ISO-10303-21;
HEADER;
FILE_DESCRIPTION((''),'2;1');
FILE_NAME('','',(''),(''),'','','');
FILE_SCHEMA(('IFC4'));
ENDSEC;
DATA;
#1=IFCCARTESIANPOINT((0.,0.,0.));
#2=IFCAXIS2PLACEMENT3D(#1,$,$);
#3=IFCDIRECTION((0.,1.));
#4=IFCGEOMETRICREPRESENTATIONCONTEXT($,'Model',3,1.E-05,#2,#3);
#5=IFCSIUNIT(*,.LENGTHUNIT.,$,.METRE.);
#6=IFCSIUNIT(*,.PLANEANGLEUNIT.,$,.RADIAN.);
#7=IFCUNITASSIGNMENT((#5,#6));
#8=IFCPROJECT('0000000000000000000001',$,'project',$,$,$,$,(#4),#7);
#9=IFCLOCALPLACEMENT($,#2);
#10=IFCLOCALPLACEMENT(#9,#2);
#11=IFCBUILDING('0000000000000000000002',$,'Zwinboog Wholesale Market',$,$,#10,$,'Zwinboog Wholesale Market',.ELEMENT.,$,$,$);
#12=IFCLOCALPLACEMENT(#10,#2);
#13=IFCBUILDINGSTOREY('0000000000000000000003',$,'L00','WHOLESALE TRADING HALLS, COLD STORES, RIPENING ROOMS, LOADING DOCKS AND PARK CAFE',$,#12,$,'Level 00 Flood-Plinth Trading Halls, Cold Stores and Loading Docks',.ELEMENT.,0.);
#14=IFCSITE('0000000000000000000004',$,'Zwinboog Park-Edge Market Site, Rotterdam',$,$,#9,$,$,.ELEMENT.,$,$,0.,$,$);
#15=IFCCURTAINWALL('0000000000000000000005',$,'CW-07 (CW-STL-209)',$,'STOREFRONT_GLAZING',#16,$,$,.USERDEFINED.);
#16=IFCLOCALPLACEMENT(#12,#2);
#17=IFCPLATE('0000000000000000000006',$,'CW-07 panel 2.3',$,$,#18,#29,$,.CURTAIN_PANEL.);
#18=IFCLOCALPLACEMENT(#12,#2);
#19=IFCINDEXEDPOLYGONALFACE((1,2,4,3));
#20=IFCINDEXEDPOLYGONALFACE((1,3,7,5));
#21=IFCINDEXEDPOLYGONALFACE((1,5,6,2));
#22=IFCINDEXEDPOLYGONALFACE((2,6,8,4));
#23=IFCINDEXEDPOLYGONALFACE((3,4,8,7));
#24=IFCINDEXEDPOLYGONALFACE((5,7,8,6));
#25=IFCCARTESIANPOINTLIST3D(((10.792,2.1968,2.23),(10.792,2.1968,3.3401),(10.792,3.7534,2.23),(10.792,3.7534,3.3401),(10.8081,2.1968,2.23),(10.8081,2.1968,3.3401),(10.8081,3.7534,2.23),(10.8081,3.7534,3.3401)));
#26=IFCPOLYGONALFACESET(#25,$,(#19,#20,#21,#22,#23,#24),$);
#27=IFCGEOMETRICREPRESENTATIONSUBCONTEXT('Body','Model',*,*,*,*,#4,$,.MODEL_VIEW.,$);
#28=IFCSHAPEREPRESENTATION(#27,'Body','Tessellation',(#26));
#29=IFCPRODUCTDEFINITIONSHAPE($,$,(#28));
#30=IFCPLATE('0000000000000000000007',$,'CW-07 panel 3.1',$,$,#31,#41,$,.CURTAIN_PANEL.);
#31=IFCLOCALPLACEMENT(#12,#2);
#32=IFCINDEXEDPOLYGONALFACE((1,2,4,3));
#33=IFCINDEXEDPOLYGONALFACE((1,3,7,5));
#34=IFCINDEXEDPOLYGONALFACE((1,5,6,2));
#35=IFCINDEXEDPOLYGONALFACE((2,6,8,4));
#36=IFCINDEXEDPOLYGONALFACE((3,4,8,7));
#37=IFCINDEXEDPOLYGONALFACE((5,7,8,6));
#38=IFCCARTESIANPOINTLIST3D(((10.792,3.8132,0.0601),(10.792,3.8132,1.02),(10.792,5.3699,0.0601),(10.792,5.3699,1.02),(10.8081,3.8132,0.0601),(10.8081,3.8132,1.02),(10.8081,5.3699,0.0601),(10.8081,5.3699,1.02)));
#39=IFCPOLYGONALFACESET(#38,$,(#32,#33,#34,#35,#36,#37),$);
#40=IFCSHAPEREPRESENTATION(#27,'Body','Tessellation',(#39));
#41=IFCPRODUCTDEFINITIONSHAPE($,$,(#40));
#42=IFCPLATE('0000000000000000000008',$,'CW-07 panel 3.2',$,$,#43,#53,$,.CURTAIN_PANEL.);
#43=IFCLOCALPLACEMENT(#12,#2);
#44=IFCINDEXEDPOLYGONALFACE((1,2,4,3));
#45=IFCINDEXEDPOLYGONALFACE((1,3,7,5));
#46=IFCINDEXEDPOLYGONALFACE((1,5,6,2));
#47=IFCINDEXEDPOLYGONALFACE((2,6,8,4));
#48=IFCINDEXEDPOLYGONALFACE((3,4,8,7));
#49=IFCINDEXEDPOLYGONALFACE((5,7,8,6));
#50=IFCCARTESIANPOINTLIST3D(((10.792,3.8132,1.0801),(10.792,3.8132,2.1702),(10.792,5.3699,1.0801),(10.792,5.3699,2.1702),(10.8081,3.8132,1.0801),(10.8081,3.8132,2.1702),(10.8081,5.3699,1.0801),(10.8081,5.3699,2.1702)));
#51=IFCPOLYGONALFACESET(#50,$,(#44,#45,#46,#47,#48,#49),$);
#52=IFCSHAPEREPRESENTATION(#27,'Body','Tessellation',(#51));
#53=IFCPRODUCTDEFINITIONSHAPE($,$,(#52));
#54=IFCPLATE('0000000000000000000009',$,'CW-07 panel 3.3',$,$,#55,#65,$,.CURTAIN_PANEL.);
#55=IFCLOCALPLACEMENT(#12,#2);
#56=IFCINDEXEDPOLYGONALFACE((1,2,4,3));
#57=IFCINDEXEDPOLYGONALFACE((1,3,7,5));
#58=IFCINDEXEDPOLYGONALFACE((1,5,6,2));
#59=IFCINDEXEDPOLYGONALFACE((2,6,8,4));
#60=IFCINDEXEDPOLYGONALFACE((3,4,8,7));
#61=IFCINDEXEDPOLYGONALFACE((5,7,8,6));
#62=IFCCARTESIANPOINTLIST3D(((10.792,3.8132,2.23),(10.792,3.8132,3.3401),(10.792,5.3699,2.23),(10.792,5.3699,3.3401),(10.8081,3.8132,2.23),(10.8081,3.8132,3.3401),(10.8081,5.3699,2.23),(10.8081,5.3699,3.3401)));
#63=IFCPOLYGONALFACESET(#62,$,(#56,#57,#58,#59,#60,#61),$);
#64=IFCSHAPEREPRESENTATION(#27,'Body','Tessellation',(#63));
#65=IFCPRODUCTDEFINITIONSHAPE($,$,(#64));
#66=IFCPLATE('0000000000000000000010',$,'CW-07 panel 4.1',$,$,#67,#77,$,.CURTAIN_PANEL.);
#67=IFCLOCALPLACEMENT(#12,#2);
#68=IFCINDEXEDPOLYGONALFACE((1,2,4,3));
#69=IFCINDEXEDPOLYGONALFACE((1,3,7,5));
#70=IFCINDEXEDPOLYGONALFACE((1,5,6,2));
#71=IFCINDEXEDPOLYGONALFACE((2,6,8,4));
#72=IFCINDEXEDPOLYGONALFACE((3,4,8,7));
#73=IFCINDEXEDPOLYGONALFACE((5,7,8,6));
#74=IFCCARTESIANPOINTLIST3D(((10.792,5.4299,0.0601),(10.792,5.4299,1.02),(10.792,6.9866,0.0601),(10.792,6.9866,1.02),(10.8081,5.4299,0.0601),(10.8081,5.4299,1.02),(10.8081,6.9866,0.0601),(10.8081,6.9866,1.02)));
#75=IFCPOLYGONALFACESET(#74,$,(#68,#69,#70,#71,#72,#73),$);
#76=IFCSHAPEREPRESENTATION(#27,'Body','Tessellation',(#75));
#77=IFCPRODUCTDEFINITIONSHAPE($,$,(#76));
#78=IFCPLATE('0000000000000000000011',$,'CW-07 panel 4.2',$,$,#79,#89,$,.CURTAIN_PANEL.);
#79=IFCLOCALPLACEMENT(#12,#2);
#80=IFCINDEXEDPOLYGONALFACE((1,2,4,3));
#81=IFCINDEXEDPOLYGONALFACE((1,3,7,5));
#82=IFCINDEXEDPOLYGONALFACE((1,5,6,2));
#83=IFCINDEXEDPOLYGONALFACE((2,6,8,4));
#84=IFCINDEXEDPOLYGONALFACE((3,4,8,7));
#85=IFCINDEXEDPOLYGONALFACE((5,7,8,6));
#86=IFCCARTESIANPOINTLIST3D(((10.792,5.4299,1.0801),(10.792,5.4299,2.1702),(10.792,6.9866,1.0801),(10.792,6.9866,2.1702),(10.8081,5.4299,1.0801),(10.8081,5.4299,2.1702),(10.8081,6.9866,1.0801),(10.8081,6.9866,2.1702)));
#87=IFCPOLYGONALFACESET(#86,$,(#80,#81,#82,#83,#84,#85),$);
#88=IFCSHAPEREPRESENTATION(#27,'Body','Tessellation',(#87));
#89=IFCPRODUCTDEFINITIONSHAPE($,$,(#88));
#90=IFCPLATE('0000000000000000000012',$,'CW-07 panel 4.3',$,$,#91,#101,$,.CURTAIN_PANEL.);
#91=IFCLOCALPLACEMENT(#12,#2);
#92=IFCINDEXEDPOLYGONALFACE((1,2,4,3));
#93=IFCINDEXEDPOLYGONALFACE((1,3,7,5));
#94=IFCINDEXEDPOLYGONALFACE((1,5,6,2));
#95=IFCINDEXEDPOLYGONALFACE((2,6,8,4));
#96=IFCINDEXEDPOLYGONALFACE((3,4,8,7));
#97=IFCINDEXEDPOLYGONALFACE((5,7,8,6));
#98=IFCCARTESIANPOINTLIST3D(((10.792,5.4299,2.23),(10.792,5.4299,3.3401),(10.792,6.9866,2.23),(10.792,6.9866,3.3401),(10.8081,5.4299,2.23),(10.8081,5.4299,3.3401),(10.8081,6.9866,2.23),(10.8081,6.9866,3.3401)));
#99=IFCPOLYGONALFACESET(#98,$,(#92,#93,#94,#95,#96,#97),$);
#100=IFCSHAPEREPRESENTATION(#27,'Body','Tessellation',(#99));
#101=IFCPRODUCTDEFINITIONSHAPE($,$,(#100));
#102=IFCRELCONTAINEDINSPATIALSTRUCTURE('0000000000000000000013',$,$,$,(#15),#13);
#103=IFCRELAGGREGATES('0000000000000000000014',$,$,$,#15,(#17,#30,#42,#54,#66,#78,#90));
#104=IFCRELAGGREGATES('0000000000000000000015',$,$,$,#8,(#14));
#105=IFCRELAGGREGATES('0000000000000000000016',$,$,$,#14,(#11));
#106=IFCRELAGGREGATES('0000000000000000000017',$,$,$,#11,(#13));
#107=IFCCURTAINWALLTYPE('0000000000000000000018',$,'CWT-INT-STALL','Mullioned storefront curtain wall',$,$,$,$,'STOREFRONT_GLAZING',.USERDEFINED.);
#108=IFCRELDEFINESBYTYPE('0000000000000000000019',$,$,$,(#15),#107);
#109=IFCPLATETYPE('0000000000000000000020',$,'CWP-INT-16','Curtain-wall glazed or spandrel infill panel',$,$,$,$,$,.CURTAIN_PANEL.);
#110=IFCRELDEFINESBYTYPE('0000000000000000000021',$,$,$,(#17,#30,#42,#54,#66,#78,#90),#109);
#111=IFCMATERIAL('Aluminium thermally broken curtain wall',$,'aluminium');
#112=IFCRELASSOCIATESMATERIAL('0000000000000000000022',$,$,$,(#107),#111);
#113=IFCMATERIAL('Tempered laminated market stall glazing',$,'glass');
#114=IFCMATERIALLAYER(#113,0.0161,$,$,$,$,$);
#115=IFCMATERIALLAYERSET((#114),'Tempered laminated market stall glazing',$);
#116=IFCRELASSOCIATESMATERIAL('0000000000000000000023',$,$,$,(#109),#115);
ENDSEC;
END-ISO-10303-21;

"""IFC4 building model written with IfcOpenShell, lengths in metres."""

from ifc_helpers import new_model, si_unit, direction, frame, origin, origin_2d, place, context, subcontext, project, spatial, rectangle, extrude, material, layer, layer_set, type_object, element, aggregate, save


model = new_model("IFC4")

# Units and contexts
model_context = context("Model", 3, precision=1e-05, world=origin(), true_north=direction((0.0, 1.0)))
body_context = subcontext(model_context, "Body", "Model", "MODEL_VIEW")
ifc_project = project(units=[si_unit("LENGTHUNIT", "METRE"), si_unit("PLANEANGLEUNIT", "RADIAN")], contexts=[model_context])

# Site, building, storey
site_placement = place(None, origin())
site = spatial("IfcSite", under=ifc_project, at=site_placement, Name="Zwinboog Park-Edge Market Site, Rotterdam", CompositionType="ELEMENT", RefElevation=0.0)
building_placement = place(site_placement, origin())
building = spatial("IfcBuilding", under=site, at=building_placement, Name="Zwinboog Wholesale Market", LongName="Zwinboog Wholesale Market", CompositionType="ELEMENT")
storey_placement = place(building_placement, origin())
storey = spatial("IfcBuildingStorey", under=building, at=storey_placement, Name="L00", Description="WHOLESALE TRADING HALLS, COLD STORES, RIPENING ROOMS, LOADING DOCKS AND PARK CAFE", LongName="Level 00 Flood-Plinth Trading Halls, Cold Stores and Loading Docks", CompositionType="ELEMENT", Elevation=0.0)

# Curtain wall, plates
ifc_material_1 = material(Name="Aluminium thermally broken curtain wall", Category="aluminium")
curtain_wall_type = type_object("IfcCurtainWallType", Name="CWT-INT-STALL", Description="Mullioned storefront curtain wall", ElementType="STOREFRONT_GLAZING", PredefinedType="USERDEFINED", material=ifc_material_1)
curtain_wall_placement = place(storey_placement, origin())
curtain_wall = element("IfcCurtainWall", 1, at=curtain_wall_placement, inside=storey, type_object=curtain_wall_type, Name="CW-07 (CW-STL-209)", ObjectType="STOREFRONT_GLAZING", PredefinedType="USERDEFINED")
ifc_material_2 = material(Name="Tempered laminated market stall glazing", Category="glass")
ifc_layer = layer(ifc_material_2, 0.0161)
ifc_layer_set = layer_set([ifc_layer], Name="Tempered laminated market stall glazing")
plate_type = type_object("IfcPlateType", Name="CWP-INT-16", Description="Curtain-wall glazed or spandrel infill panel", PredefinedType="CURTAIN_PANEL", material=ifc_layer_set)
plate_1_placement = place(storey_placement, frame((10.8, 2.9751, 2.23), z_axis=(0.0, 0.0, 1.0), x_axis=(0.0, 1.0, 0.0)))
plate_1 = element("IfcPlate", 2, at=plate_1_placement, type_object=plate_type, Name="CW-07 panel 2.3", PredefinedType="CURTAIN_PANEL", context=body_context, shape_type="SweptSolid", body=[
    extrude(rectangle(XDim=1.5566, YDim=0.0161, at=origin_2d()), origin(), (0.0, 0.0, 1.0), 1.1101),
])
plate_2_placement = place(storey_placement, frame((10.8, 4.5916, 0.0601), z_axis=(0.0, 0.0, 1.0), x_axis=(0.0, 1.0, 0.0)))
plate_2 = element("IfcPlate", 3, at=plate_2_placement, type_object=plate_type, Name="CW-07 panel 3.1", PredefinedType="CURTAIN_PANEL", context=body_context, shape_type="SweptSolid", body=[
    extrude(rectangle(XDim=1.5566, YDim=0.0161, at=origin_2d()), origin(), (0.0, 0.0, 1.0), 0.96),
])
plate_3_placement = place(storey_placement, frame((10.8, 4.5916, 1.0801), z_axis=(0.0, 0.0, 1.0), x_axis=(0.0, 1.0, 0.0)))
plate_3 = element("IfcPlate", 4, at=plate_3_placement, type_object=plate_type, Name="CW-07 panel 3.2", PredefinedType="CURTAIN_PANEL", context=body_context, shape_type="SweptSolid", body=[
    extrude(rectangle(XDim=1.5566, YDim=0.0161, at=origin_2d()), origin(), (0.0, 0.0, 1.0), 1.0901),
])
plate_4_placement = place(storey_placement, frame((10.8, 4.5916, 2.23), z_axis=(0.0, 0.0, 1.0), x_axis=(0.0, 1.0, 0.0)))
plate_4 = element("IfcPlate", 5, at=plate_4_placement, type_object=plate_type, Name="CW-07 panel 3.3", PredefinedType="CURTAIN_PANEL", context=body_context, shape_type="SweptSolid", body=[
    extrude(rectangle(XDim=1.5566, YDim=0.0161, at=origin_2d()), origin(), (0.0, 0.0, 1.0), 1.1101),
])
plate_5_placement = place(storey_placement, frame((10.8, 6.2083, 0.0601), z_axis=(0.0, 0.0, 1.0), x_axis=(0.0, 1.0, 0.0)))
plate_5 = element("IfcPlate", 6, at=plate_5_placement, type_object=plate_type, Name="CW-07 panel 4.1", PredefinedType="CURTAIN_PANEL", context=body_context, shape_type="SweptSolid", body=[
    extrude(rectangle(XDim=1.5566, YDim=0.0161, at=origin_2d()), origin(), (0.0, 0.0, 1.0), 0.96),
])
plate_6_placement = place(storey_placement, frame((10.8, 6.2083, 1.0801), z_axis=(0.0, 0.0, 1.0), x_axis=(0.0, 1.0, 0.0)))
plate_6 = element("IfcPlate", 7, at=plate_6_placement, type_object=plate_type, Name="CW-07 panel 4.2", PredefinedType="CURTAIN_PANEL", context=body_context, shape_type="SweptSolid", body=[
    extrude(rectangle(XDim=1.5566, YDim=0.0161, at=origin_2d()), origin(), (0.0, 0.0, 1.0), 1.0901),
])
plate_7_placement = place(storey_placement, frame((10.8, 6.2083, 2.23), z_axis=(0.0, 0.0, 1.0), x_axis=(0.0, 1.0, 0.0)))
plate_7 = element("IfcPlate", 8, at=plate_7_placement, type_object=plate_type, Name="CW-07 panel 4.3", PredefinedType="CURTAIN_PANEL", context=body_context, shape_type="SweptSolid", body=[
    extrude(rectangle(XDim=1.5566, YDim=0.0161, at=origin_2d()), origin(), (0.0, 0.0, 1.0), 1.1101),
])
aggregate(curtain_wall, [plate_1, plate_2, plate_3, plate_4, plate_5, plate_6, plate_7])

save(model, "model.ifc")
